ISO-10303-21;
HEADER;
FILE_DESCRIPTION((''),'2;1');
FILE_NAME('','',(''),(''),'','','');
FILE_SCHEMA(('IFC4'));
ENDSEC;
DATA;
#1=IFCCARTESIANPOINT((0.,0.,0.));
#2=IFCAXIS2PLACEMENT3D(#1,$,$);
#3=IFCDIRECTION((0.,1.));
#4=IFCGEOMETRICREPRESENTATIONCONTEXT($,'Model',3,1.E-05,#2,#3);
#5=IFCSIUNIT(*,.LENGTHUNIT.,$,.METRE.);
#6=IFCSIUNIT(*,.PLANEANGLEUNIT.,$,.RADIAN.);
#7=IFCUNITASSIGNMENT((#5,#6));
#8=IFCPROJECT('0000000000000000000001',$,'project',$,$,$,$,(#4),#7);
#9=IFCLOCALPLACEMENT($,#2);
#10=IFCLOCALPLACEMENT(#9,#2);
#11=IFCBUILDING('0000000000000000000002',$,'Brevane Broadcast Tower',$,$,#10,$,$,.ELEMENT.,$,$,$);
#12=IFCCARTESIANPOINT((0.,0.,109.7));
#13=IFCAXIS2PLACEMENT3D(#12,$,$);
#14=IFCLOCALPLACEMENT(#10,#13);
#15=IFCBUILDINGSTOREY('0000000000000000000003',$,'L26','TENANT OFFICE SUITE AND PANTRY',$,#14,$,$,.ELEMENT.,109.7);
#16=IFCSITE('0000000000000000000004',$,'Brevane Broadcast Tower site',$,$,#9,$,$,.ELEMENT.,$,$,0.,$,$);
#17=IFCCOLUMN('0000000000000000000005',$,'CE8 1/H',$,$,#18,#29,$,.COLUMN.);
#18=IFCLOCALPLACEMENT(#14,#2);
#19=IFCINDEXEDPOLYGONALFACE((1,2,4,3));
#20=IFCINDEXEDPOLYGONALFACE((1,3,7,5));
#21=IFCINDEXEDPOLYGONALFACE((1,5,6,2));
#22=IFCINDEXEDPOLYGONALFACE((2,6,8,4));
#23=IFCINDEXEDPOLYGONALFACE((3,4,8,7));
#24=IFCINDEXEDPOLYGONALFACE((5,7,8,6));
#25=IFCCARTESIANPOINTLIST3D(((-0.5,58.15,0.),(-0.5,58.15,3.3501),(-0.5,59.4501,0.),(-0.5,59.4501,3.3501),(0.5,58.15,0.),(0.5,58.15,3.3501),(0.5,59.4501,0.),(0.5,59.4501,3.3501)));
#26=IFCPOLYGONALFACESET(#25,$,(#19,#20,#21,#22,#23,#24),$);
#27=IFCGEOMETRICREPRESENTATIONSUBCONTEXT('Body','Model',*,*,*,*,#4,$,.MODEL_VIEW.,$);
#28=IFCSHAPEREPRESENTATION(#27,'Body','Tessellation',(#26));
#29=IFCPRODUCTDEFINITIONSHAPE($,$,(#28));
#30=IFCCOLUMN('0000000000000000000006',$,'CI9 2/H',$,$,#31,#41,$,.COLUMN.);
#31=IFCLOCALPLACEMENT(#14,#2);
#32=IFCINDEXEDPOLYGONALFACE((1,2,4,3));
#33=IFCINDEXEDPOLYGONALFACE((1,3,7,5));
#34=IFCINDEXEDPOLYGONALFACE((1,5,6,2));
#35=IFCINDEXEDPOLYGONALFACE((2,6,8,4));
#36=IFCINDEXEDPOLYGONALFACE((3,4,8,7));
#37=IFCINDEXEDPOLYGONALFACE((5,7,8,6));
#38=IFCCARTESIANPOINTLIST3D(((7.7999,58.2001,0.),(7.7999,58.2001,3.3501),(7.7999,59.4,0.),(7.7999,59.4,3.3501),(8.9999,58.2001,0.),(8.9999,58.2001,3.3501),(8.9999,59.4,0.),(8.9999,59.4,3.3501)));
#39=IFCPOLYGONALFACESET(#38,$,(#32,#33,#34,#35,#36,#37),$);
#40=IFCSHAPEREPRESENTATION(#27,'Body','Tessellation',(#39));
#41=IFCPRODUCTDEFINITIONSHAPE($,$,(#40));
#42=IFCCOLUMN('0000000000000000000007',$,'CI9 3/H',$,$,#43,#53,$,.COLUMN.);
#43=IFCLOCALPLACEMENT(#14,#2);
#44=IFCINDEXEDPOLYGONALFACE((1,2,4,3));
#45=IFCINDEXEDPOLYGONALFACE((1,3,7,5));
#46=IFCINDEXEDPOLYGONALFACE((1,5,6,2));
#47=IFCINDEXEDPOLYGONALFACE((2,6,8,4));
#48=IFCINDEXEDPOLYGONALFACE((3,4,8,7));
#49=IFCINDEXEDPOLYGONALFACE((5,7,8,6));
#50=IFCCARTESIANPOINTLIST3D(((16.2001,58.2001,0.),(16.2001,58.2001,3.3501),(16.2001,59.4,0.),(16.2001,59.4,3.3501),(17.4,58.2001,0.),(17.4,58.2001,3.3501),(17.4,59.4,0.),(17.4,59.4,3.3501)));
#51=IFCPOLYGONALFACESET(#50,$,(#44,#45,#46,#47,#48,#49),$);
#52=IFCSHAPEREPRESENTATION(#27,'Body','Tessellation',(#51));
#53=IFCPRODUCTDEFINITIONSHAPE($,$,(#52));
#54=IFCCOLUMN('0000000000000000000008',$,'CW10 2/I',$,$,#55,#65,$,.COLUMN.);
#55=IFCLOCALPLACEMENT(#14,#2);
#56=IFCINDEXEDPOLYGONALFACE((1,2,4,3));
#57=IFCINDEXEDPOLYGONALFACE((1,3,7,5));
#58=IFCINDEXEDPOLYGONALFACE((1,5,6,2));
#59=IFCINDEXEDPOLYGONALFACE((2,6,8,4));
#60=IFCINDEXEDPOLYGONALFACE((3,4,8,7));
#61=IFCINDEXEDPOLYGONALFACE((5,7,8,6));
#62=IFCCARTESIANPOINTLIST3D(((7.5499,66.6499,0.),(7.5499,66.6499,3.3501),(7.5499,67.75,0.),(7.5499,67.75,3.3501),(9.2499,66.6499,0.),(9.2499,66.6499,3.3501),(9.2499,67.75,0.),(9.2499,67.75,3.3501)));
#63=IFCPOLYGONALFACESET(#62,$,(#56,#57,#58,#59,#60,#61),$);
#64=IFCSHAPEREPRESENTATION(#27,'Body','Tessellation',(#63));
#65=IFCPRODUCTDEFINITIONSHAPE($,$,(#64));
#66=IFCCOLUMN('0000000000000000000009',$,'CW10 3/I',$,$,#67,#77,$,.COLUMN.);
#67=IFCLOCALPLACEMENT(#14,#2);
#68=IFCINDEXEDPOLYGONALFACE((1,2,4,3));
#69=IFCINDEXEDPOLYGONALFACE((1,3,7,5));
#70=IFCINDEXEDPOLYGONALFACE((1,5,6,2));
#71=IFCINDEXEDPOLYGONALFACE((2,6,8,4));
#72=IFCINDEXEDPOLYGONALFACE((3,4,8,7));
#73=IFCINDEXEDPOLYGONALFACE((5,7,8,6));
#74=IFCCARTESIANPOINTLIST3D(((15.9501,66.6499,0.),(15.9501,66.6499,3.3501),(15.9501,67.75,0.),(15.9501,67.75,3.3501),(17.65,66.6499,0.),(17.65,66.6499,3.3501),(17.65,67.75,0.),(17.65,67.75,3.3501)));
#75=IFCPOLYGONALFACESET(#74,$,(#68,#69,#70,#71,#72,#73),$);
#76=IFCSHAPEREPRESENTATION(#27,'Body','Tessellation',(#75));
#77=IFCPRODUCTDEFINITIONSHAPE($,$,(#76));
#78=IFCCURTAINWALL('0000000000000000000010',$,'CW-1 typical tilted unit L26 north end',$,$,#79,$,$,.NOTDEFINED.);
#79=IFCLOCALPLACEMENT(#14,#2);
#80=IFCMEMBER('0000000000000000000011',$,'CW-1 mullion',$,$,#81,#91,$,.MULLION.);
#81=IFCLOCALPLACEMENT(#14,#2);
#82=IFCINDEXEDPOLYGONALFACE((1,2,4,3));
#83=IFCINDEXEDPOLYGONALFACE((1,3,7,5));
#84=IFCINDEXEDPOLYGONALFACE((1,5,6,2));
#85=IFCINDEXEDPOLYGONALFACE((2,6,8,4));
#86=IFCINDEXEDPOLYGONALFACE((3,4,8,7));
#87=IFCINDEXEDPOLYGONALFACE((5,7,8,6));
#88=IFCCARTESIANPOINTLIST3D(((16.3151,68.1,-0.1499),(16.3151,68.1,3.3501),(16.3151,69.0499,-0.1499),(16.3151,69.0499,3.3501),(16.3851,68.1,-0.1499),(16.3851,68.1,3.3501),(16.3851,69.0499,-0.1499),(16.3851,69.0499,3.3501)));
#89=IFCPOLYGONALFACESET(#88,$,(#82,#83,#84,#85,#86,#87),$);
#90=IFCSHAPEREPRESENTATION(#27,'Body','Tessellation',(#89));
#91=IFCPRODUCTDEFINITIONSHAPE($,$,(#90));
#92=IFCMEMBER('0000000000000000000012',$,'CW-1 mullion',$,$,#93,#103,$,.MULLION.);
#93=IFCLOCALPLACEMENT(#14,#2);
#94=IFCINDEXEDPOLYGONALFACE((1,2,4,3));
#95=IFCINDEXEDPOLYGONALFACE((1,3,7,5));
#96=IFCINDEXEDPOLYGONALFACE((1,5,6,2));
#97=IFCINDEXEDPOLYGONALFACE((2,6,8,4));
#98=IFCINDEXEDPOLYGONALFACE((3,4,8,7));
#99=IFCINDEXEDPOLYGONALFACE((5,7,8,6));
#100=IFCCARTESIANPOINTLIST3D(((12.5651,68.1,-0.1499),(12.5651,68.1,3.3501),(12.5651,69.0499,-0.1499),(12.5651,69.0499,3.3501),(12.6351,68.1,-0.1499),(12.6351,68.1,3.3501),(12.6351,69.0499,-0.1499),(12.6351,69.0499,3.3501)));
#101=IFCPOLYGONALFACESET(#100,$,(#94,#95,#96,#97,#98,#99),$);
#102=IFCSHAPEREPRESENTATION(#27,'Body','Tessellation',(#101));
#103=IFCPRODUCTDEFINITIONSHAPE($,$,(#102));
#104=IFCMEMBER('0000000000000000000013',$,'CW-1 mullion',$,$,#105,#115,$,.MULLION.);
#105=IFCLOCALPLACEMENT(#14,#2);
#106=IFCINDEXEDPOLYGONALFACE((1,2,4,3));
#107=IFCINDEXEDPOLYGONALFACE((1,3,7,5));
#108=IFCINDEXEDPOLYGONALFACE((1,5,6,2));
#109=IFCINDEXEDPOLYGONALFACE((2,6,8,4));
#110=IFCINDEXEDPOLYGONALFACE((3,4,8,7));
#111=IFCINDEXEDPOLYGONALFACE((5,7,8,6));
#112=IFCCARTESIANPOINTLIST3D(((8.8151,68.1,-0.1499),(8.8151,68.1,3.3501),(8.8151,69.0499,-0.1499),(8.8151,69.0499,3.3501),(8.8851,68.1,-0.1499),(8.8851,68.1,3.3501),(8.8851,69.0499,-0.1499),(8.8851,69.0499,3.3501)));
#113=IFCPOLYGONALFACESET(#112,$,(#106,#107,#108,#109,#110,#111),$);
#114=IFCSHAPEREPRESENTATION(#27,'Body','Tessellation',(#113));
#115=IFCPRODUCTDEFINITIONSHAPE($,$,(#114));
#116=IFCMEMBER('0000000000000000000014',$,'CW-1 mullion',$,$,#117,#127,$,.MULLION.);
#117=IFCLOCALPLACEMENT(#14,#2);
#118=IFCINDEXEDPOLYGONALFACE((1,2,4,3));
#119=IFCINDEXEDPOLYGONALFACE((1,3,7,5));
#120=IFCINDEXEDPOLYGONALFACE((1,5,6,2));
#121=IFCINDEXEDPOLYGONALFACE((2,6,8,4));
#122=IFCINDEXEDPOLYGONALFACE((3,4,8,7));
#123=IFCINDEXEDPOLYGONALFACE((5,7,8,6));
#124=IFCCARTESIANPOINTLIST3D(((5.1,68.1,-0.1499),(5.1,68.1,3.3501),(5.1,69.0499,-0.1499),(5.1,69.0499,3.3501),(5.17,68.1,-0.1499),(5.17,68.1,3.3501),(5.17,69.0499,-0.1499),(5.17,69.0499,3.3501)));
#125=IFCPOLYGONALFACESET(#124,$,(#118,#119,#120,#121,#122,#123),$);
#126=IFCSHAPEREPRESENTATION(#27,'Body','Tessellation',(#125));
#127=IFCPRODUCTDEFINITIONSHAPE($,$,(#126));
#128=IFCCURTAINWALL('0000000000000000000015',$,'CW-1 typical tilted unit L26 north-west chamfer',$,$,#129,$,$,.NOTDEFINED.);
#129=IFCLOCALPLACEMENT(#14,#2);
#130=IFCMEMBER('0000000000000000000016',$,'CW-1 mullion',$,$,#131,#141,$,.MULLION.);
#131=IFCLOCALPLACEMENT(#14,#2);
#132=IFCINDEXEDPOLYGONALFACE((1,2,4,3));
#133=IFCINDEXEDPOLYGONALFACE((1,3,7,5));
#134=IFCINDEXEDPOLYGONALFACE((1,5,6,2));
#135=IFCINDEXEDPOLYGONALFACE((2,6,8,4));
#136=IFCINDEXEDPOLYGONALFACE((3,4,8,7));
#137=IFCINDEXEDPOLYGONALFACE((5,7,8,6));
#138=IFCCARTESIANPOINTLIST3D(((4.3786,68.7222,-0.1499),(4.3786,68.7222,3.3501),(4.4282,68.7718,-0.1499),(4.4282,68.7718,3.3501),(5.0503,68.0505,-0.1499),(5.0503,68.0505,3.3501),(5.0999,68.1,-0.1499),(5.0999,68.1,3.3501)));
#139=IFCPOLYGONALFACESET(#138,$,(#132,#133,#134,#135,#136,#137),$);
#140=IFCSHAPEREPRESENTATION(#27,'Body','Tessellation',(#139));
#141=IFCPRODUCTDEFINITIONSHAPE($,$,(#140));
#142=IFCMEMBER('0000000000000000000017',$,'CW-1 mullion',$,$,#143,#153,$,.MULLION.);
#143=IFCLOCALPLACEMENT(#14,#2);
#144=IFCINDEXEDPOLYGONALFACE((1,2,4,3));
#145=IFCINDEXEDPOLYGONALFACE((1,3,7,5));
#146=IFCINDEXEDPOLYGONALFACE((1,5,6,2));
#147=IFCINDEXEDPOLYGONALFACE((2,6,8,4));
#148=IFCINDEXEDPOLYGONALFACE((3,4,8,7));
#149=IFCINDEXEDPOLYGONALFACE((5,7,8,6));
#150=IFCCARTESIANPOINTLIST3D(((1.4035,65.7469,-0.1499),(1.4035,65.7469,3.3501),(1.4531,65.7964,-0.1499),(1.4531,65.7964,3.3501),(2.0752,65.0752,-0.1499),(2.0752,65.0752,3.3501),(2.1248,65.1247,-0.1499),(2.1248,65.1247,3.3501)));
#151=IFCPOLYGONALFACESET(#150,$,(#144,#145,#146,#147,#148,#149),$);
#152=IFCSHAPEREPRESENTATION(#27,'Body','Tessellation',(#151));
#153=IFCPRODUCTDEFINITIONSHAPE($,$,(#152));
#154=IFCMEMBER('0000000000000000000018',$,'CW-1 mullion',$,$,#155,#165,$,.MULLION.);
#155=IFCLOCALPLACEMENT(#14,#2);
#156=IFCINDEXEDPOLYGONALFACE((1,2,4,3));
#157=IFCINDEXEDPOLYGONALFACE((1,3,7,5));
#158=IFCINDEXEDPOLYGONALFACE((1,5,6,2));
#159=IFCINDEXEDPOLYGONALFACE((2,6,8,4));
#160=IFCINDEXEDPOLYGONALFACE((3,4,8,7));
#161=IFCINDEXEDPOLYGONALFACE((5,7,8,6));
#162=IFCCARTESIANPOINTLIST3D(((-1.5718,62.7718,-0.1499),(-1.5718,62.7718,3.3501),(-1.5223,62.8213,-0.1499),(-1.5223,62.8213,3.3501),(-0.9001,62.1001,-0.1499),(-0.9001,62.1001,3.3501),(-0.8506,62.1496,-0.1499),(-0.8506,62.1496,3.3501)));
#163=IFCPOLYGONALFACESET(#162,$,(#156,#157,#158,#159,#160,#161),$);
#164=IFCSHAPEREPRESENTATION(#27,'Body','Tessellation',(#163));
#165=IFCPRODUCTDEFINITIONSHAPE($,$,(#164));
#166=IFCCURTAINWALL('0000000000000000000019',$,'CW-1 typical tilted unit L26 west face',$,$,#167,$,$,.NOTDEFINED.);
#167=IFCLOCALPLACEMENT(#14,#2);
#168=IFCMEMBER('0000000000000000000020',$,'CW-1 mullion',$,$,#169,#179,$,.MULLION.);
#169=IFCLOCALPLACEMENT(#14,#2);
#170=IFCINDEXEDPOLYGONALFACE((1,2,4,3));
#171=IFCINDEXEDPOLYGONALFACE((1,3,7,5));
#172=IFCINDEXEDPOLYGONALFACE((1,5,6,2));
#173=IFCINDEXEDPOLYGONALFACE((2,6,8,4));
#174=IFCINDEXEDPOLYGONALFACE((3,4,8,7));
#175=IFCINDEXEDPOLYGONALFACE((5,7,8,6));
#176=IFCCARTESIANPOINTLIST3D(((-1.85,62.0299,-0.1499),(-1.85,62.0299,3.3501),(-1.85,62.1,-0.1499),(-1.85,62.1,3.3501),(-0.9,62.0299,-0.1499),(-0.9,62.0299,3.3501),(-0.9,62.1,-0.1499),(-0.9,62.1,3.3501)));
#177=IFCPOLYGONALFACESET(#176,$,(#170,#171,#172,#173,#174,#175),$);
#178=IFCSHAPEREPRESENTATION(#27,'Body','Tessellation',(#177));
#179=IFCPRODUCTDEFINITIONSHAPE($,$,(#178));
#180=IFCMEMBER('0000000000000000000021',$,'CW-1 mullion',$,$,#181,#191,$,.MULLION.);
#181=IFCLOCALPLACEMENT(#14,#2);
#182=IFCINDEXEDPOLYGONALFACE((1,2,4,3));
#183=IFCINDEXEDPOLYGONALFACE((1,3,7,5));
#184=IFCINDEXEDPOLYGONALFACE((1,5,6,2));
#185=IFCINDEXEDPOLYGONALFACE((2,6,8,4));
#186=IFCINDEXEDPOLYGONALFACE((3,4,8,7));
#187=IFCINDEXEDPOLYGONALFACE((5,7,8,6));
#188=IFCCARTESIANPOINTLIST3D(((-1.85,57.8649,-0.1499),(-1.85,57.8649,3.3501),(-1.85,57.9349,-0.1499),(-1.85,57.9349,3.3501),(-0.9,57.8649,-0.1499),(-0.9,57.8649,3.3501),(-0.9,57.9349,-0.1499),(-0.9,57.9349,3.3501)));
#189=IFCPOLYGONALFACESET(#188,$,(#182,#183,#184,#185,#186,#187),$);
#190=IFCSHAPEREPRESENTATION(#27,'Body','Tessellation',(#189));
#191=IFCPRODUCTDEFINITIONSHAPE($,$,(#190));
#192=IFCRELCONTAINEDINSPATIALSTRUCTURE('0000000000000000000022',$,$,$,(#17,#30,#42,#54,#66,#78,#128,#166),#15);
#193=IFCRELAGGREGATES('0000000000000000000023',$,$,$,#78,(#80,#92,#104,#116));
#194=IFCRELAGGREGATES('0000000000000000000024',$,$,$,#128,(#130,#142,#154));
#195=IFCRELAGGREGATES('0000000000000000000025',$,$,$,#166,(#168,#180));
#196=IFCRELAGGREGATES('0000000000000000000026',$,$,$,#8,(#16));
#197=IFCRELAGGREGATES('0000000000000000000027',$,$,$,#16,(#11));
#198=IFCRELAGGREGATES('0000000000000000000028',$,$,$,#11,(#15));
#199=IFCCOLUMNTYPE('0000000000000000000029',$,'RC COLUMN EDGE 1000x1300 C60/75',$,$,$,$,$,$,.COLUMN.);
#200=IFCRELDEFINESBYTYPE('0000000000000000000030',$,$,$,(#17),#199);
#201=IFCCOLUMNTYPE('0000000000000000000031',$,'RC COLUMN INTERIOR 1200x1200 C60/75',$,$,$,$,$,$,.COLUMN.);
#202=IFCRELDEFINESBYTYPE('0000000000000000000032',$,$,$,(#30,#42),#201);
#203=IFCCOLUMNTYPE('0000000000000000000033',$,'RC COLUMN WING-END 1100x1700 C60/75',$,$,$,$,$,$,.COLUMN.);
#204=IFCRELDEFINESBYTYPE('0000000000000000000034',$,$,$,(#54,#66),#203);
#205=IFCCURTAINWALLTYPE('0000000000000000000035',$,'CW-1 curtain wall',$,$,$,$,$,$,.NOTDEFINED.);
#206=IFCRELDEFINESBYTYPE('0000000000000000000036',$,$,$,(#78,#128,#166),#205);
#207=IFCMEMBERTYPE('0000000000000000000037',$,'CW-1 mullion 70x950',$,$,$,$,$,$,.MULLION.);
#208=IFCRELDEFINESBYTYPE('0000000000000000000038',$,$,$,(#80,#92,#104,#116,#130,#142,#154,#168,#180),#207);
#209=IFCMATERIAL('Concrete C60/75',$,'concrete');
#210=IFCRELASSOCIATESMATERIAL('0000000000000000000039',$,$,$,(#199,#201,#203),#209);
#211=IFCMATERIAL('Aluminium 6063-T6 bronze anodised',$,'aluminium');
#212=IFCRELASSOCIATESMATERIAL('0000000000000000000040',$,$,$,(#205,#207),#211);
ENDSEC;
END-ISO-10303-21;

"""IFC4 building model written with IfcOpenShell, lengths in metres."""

from ifc_helpers import new_model, si_unit, direction, frame, origin, origin_2d, place, context, subcontext, project, spatial, rectangle, extrude, material, material_profile, profile_set, type_object, element, aggregate, save


model = new_model("IFC4")

# Units and contexts
model_context = context("Model", 3, precision=1e-05, world=origin(), true_north=direction((0.0, 1.0)))
body_context = subcontext(model_context, "Body", "Model", "MODEL_VIEW")
ifc_project = project(units=[si_unit("LENGTHUNIT", "METRE"), si_unit("PLANEANGLEUNIT", "RADIAN")], contexts=[model_context])

# Site, building, storey
site_placement = place(None, origin())
site = spatial("IfcSite", under=ifc_project, at=site_placement, Name="Brevane Broadcast Tower site", CompositionType="ELEMENT", RefElevation=0.0)
building_placement = place(site_placement, origin())
building = spatial("IfcBuilding", under=site, at=building_placement, Name="Brevane Broadcast Tower", CompositionType="ELEMENT")
storey_placement = place(building_placement, frame((0.0, 0.0, 109.7)))
storey = spatial("IfcBuildingStorey", under=building, at=storey_placement, Name="L26", Description="TENANT OFFICE SUITE AND PANTRY", CompositionType="ELEMENT", Elevation=109.7)

# Columns
ifc_material_1 = material(Name="Concrete C60/75", Category="concrete")
ifc_material_profile_1 = material_profile(ifc_material_1, rectangle(XDim=1.0, YDim=1.3, at=origin_2d()), Name="RC 1000x1300")
ifc_profile_set_1 = profile_set([ifc_material_profile_1], Name="Concrete C60/75")
column_type_1 = type_object("IfcColumnType", Name="RC COLUMN EDGE 1000x1300 C60/75", PredefinedType="COLUMN", material=ifc_profile_set_1)
column_placement = place(storey_placement, frame((0.0, 58.8, 0.0), z_axis=(0.0, 0.0, 1.0), x_axis=(1.0, 0.0, 0.0)))
element("IfcColumn", 1, at=column_placement, inside=storey, type_object=column_type_1, Name="CE8 1/H", PredefinedType="COLUMN", context=body_context, shape_type="SweptSolid", body=[
    extrude(rectangle(XDim=1.0, YDim=1.3, at=origin_2d()), origin(), (0.0, 0.0, 1.0), 3.3501),
])
ifc_material_profile_2 = material_profile(ifc_material_1, rectangle(XDim=1.2, YDim=1.2, at=origin_2d()), Name="RC 1200x1200")
ifc_profile_set_2 = profile_set([ifc_material_profile_2], Name="Concrete C60/75")
column_type_2 = type_object("IfcColumnType", Name="RC COLUMN INTERIOR 1200x1200 C60/75", PredefinedType="COLUMN", material=ifc_profile_set_2)
for number, where, z_axis, x_axis, name in (
    (2, (8.3999, 58.8, 0.0), (0.0, 0.0, 1.0), (1.0, 0.0, 0.0), "CI9 2/H"),
    (3, (16.8, 58.8, 0.0), (0.0, 0.0, 1.0), (1.0, 0.0, 0.0), "CI9 3/H"),
):
    element("IfcColumn", number, at=place(storey_placement, frame(where, z_axis=z_axis, x_axis=x_axis)), inside=storey, type_object=column_type_2, Name=name, PredefinedType="COLUMN", context=body_context, shape_type="SweptSolid", body=[
        extrude(rectangle(XDim=1.2, YDim=1.2, at=origin_2d()), origin(), (0.0, 0.0, 1.0), 3.3501),
    ])
ifc_material_profile_3 = material_profile(ifc_material_1, rectangle(XDim=1.1001, YDim=1.7, at=origin_2d()), Name="RC 1100x1700")
ifc_profile_set_3 = profile_set([ifc_material_profile_3], Name="Concrete C60/75")
column_type_3 = type_object("IfcColumnType", Name="RC COLUMN WING-END 1100x1700 C60/75", PredefinedType="COLUMN", material=ifc_profile_set_3)
for number, where, z_axis, x_axis, name in (
    (4, (8.3999, 67.2, 0.0), (0.0, 0.0, 1.0), (0.0, 1.0, 0.0), "CW10 2/I"),
    (5, (16.8, 67.2, 0.0), (0.0, 0.0, 1.0), (0.0, 1.0, 0.0), "CW10 3/I"),
):
    element("IfcColumn", number, at=place(storey_placement, frame(where, z_axis=z_axis, x_axis=x_axis)), inside=storey, type_object=column_type_3, Name=name, PredefinedType="COLUMN", context=body_context, shape_type="SweptSolid", body=[
        extrude(rectangle(XDim=1.1001, YDim=1.7, at=origin_2d()), origin(), (0.0, 0.0, 1.0), 3.3501),
    ])

# Curtain walls, members
ifc_material_2 = material(Name="Aluminium 6063-T6 bronze anodised", Category="aluminium")
curtain_wall_type = type_object("IfcCurtainWallType", Name="CW-1 curtain wall", PredefinedType="NOTDEFINED", material=ifc_material_2)
curtain_wall_1_placement = place(storey_placement, origin())
curtain_wall_1 = element("IfcCurtainWall", 6, at=curtain_wall_1_placement, inside=storey, type_object=curtain_wall_type, Name="CW-1 typical tilted unit L26 north end", PredefinedType="NOTDEFINED")
ifc_material_profile_4 = material_profile(ifc_material_2, rectangle(XDim=0.95, YDim=0.0701, at=origin_2d()), Name="RECT 70x950")
ifc_profile_set_4 = profile_set([ifc_material_profile_4], Name="Aluminium 6063-T6 bronze anodised")
member_type_1 = type_object("IfcMemberType", Name="CW-1 mullion 70x950", PredefinedType="MULLION", material=ifc_profile_set_4)
member_1_placement = place(storey_placement, frame((16.3501, 68.575, -0.1499), z_axis=(0.0, 0.0, 1.0), x_axis=(0.0, -1.0, 0.0)))
member_1 = element("IfcMember", 7, at=member_1_placement, type_object=member_type_1, Name="CW-1 mullion", PredefinedType="MULLION", context=body_context, shape_type="SweptSolid", body=[
    extrude(rectangle(XDim=0.95, YDim=0.0701, at=origin_2d()), origin(), (0.0, 0.0, 1.0), 3.5),
])
member_2_placement = place(storey_placement, frame((12.6001, 68.575, -0.1499), z_axis=(0.0, 0.0, 1.0), x_axis=(0.0, -1.0, 0.0)))
member_2 = element("IfcMember", 8, at=member_2_placement, type_object=member_type_1, Name="CW-1 mullion", PredefinedType="MULLION", context=body_context, shape_type="SweptSolid", body=[
    extrude(rectangle(XDim=0.95, YDim=0.0701, at=origin_2d()), origin(), (0.0, 0.0, 1.0), 3.5),
])
member_3_placement = place(storey_placement, frame((8.8501, 68.575, -0.1499), z_axis=(0.0, 0.0, 1.0), x_axis=(0.0, -1.0, 0.0)))
member_3 = element("IfcMember", 9, at=member_3_placement, type_object=member_type_1, Name="CW-1 mullion", PredefinedType="MULLION", context=body_context, shape_type="SweptSolid", body=[
    extrude(rectangle(XDim=0.95, YDim=0.0701, at=origin_2d()), origin(), (0.0, 0.0, 1.0), 3.5),
])
member_4_placement = place(storey_placement, frame((5.135, 68.575, -0.1499), z_axis=(0.0, 0.0, 1.0), x_axis=(0.0, -1.0, 0.0)))
member_4 = element("IfcMember", 10, at=member_4_placement, type_object=member_type_1, Name="CW-1 mullion", PredefinedType="MULLION", context=body_context, shape_type="SweptSolid", body=[
    extrude(rectangle(XDim=0.95, YDim=0.0701, at=origin_2d()), origin(), (0.0, 0.0, 1.0), 3.5),
])
aggregate(curtain_wall_1, [member_1, member_2, member_3, member_4])
curtain_wall_2_placement = place(storey_placement, origin())
curtain_wall_2 = element("IfcCurtainWall", 11, at=curtain_wall_2_placement, inside=storey, type_object=curtain_wall_type, Name="CW-1 typical tilted unit L26 north-west chamfer", PredefinedType="NOTDEFINED")
member_5_placement = place(storey_placement, frame((4.7393, 68.4111, -0.1499), z_axis=(0.0, 0.0, 1.0), x_axis=(0.707107, -0.707107, 0.0)))
member_5 = element("IfcMember", 12, at=member_5_placement, type_object=member_type_1, Name="CW-1 mullion", PredefinedType="MULLION", context=body_context, shape_type="SweptSolid", body=[
    extrude(rectangle(XDim=0.95, YDim=0.0701, at=origin_2d()), origin(), (0.0, 0.0, 1.0), 3.5),
])
member_6_placement = place(storey_placement, frame((1.7642, 65.4358, -0.1499), z_axis=(0.0, 0.0, 1.0), x_axis=(0.707107, -0.707107, 0.0)))
member_6 = element("IfcMember", 13, at=member_6_placement, type_object=member_type_1, Name="CW-1 mullion", PredefinedType="MULLION", context=body_context, shape_type="SweptSolid", body=[
    extrude(rectangle(XDim=0.95, YDim=0.0701, at=origin_2d()), origin(), (0.0, 0.0, 1.0), 3.5),
])
member_7_placement = place(storey_placement, frame((-1.2112, 62.4607, -0.1499), z_axis=(0.0, 0.0, 1.0), x_axis=(0.707107, -0.707107, 0.0)))
member_7 = element("IfcMember", 14, at=member_7_placement, type_object=member_type_1, Name="CW-1 mullion", PredefinedType="MULLION", context=body_context, shape_type="SweptSolid", body=[
    extrude(rectangle(XDim=0.95, YDim=0.0701, at=origin_2d()), origin(), (0.0, 0.0, 1.0), 3.5),
])
curtain_wall_3_placement = place(storey_placement, origin())
curtain_wall_3 = element("IfcCurtainWall", 15, at=curtain_wall_3_placement, inside=storey, type_object=curtain_wall_type, Name="CW-1 typical tilted unit L26 west face", PredefinedType="NOTDEFINED")
member_8_placement = place(storey_placement, frame((-1.375, 62.0649, -0.1499), z_axis=(0.0, 0.0, 1.0), x_axis=(1.0, 0.0, 0.0)))
member_8 = element("IfcMember", 16, at=member_8_placement, type_object=member_type_1, Name="CW-1 mullion", PredefinedType="MULLION", context=body_context, shape_type="SweptSolid", body=[
    extrude(rectangle(XDim=0.95, YDim=0.0701, at=origin_2d()), origin(), (0.0, 0.0, 1.0), 3.5),
])
member_9_placement = place(storey_placement, frame((-1.375, 57.8999, -0.1499), z_axis=(0.0, 0.0, 1.0), x_axis=(1.0, 0.0, 0.0)))
member_9 = element("IfcMember", 17, at=member_9_placement, type_object=member_type_1, Name="CW-1 mullion", PredefinedType="MULLION", context=body_context, shape_type="SweptSolid", body=[
    extrude(rectangle(XDim=0.95, YDim=0.0701, at=origin_2d()), origin(), (0.0, 0.0, 1.0), 3.5),
])

aggregate(curtain_wall_2, [member_5, member_6, member_7])
aggregate(curtain_wall_3, [member_8, member_9])

save(model, "model.ifc")
